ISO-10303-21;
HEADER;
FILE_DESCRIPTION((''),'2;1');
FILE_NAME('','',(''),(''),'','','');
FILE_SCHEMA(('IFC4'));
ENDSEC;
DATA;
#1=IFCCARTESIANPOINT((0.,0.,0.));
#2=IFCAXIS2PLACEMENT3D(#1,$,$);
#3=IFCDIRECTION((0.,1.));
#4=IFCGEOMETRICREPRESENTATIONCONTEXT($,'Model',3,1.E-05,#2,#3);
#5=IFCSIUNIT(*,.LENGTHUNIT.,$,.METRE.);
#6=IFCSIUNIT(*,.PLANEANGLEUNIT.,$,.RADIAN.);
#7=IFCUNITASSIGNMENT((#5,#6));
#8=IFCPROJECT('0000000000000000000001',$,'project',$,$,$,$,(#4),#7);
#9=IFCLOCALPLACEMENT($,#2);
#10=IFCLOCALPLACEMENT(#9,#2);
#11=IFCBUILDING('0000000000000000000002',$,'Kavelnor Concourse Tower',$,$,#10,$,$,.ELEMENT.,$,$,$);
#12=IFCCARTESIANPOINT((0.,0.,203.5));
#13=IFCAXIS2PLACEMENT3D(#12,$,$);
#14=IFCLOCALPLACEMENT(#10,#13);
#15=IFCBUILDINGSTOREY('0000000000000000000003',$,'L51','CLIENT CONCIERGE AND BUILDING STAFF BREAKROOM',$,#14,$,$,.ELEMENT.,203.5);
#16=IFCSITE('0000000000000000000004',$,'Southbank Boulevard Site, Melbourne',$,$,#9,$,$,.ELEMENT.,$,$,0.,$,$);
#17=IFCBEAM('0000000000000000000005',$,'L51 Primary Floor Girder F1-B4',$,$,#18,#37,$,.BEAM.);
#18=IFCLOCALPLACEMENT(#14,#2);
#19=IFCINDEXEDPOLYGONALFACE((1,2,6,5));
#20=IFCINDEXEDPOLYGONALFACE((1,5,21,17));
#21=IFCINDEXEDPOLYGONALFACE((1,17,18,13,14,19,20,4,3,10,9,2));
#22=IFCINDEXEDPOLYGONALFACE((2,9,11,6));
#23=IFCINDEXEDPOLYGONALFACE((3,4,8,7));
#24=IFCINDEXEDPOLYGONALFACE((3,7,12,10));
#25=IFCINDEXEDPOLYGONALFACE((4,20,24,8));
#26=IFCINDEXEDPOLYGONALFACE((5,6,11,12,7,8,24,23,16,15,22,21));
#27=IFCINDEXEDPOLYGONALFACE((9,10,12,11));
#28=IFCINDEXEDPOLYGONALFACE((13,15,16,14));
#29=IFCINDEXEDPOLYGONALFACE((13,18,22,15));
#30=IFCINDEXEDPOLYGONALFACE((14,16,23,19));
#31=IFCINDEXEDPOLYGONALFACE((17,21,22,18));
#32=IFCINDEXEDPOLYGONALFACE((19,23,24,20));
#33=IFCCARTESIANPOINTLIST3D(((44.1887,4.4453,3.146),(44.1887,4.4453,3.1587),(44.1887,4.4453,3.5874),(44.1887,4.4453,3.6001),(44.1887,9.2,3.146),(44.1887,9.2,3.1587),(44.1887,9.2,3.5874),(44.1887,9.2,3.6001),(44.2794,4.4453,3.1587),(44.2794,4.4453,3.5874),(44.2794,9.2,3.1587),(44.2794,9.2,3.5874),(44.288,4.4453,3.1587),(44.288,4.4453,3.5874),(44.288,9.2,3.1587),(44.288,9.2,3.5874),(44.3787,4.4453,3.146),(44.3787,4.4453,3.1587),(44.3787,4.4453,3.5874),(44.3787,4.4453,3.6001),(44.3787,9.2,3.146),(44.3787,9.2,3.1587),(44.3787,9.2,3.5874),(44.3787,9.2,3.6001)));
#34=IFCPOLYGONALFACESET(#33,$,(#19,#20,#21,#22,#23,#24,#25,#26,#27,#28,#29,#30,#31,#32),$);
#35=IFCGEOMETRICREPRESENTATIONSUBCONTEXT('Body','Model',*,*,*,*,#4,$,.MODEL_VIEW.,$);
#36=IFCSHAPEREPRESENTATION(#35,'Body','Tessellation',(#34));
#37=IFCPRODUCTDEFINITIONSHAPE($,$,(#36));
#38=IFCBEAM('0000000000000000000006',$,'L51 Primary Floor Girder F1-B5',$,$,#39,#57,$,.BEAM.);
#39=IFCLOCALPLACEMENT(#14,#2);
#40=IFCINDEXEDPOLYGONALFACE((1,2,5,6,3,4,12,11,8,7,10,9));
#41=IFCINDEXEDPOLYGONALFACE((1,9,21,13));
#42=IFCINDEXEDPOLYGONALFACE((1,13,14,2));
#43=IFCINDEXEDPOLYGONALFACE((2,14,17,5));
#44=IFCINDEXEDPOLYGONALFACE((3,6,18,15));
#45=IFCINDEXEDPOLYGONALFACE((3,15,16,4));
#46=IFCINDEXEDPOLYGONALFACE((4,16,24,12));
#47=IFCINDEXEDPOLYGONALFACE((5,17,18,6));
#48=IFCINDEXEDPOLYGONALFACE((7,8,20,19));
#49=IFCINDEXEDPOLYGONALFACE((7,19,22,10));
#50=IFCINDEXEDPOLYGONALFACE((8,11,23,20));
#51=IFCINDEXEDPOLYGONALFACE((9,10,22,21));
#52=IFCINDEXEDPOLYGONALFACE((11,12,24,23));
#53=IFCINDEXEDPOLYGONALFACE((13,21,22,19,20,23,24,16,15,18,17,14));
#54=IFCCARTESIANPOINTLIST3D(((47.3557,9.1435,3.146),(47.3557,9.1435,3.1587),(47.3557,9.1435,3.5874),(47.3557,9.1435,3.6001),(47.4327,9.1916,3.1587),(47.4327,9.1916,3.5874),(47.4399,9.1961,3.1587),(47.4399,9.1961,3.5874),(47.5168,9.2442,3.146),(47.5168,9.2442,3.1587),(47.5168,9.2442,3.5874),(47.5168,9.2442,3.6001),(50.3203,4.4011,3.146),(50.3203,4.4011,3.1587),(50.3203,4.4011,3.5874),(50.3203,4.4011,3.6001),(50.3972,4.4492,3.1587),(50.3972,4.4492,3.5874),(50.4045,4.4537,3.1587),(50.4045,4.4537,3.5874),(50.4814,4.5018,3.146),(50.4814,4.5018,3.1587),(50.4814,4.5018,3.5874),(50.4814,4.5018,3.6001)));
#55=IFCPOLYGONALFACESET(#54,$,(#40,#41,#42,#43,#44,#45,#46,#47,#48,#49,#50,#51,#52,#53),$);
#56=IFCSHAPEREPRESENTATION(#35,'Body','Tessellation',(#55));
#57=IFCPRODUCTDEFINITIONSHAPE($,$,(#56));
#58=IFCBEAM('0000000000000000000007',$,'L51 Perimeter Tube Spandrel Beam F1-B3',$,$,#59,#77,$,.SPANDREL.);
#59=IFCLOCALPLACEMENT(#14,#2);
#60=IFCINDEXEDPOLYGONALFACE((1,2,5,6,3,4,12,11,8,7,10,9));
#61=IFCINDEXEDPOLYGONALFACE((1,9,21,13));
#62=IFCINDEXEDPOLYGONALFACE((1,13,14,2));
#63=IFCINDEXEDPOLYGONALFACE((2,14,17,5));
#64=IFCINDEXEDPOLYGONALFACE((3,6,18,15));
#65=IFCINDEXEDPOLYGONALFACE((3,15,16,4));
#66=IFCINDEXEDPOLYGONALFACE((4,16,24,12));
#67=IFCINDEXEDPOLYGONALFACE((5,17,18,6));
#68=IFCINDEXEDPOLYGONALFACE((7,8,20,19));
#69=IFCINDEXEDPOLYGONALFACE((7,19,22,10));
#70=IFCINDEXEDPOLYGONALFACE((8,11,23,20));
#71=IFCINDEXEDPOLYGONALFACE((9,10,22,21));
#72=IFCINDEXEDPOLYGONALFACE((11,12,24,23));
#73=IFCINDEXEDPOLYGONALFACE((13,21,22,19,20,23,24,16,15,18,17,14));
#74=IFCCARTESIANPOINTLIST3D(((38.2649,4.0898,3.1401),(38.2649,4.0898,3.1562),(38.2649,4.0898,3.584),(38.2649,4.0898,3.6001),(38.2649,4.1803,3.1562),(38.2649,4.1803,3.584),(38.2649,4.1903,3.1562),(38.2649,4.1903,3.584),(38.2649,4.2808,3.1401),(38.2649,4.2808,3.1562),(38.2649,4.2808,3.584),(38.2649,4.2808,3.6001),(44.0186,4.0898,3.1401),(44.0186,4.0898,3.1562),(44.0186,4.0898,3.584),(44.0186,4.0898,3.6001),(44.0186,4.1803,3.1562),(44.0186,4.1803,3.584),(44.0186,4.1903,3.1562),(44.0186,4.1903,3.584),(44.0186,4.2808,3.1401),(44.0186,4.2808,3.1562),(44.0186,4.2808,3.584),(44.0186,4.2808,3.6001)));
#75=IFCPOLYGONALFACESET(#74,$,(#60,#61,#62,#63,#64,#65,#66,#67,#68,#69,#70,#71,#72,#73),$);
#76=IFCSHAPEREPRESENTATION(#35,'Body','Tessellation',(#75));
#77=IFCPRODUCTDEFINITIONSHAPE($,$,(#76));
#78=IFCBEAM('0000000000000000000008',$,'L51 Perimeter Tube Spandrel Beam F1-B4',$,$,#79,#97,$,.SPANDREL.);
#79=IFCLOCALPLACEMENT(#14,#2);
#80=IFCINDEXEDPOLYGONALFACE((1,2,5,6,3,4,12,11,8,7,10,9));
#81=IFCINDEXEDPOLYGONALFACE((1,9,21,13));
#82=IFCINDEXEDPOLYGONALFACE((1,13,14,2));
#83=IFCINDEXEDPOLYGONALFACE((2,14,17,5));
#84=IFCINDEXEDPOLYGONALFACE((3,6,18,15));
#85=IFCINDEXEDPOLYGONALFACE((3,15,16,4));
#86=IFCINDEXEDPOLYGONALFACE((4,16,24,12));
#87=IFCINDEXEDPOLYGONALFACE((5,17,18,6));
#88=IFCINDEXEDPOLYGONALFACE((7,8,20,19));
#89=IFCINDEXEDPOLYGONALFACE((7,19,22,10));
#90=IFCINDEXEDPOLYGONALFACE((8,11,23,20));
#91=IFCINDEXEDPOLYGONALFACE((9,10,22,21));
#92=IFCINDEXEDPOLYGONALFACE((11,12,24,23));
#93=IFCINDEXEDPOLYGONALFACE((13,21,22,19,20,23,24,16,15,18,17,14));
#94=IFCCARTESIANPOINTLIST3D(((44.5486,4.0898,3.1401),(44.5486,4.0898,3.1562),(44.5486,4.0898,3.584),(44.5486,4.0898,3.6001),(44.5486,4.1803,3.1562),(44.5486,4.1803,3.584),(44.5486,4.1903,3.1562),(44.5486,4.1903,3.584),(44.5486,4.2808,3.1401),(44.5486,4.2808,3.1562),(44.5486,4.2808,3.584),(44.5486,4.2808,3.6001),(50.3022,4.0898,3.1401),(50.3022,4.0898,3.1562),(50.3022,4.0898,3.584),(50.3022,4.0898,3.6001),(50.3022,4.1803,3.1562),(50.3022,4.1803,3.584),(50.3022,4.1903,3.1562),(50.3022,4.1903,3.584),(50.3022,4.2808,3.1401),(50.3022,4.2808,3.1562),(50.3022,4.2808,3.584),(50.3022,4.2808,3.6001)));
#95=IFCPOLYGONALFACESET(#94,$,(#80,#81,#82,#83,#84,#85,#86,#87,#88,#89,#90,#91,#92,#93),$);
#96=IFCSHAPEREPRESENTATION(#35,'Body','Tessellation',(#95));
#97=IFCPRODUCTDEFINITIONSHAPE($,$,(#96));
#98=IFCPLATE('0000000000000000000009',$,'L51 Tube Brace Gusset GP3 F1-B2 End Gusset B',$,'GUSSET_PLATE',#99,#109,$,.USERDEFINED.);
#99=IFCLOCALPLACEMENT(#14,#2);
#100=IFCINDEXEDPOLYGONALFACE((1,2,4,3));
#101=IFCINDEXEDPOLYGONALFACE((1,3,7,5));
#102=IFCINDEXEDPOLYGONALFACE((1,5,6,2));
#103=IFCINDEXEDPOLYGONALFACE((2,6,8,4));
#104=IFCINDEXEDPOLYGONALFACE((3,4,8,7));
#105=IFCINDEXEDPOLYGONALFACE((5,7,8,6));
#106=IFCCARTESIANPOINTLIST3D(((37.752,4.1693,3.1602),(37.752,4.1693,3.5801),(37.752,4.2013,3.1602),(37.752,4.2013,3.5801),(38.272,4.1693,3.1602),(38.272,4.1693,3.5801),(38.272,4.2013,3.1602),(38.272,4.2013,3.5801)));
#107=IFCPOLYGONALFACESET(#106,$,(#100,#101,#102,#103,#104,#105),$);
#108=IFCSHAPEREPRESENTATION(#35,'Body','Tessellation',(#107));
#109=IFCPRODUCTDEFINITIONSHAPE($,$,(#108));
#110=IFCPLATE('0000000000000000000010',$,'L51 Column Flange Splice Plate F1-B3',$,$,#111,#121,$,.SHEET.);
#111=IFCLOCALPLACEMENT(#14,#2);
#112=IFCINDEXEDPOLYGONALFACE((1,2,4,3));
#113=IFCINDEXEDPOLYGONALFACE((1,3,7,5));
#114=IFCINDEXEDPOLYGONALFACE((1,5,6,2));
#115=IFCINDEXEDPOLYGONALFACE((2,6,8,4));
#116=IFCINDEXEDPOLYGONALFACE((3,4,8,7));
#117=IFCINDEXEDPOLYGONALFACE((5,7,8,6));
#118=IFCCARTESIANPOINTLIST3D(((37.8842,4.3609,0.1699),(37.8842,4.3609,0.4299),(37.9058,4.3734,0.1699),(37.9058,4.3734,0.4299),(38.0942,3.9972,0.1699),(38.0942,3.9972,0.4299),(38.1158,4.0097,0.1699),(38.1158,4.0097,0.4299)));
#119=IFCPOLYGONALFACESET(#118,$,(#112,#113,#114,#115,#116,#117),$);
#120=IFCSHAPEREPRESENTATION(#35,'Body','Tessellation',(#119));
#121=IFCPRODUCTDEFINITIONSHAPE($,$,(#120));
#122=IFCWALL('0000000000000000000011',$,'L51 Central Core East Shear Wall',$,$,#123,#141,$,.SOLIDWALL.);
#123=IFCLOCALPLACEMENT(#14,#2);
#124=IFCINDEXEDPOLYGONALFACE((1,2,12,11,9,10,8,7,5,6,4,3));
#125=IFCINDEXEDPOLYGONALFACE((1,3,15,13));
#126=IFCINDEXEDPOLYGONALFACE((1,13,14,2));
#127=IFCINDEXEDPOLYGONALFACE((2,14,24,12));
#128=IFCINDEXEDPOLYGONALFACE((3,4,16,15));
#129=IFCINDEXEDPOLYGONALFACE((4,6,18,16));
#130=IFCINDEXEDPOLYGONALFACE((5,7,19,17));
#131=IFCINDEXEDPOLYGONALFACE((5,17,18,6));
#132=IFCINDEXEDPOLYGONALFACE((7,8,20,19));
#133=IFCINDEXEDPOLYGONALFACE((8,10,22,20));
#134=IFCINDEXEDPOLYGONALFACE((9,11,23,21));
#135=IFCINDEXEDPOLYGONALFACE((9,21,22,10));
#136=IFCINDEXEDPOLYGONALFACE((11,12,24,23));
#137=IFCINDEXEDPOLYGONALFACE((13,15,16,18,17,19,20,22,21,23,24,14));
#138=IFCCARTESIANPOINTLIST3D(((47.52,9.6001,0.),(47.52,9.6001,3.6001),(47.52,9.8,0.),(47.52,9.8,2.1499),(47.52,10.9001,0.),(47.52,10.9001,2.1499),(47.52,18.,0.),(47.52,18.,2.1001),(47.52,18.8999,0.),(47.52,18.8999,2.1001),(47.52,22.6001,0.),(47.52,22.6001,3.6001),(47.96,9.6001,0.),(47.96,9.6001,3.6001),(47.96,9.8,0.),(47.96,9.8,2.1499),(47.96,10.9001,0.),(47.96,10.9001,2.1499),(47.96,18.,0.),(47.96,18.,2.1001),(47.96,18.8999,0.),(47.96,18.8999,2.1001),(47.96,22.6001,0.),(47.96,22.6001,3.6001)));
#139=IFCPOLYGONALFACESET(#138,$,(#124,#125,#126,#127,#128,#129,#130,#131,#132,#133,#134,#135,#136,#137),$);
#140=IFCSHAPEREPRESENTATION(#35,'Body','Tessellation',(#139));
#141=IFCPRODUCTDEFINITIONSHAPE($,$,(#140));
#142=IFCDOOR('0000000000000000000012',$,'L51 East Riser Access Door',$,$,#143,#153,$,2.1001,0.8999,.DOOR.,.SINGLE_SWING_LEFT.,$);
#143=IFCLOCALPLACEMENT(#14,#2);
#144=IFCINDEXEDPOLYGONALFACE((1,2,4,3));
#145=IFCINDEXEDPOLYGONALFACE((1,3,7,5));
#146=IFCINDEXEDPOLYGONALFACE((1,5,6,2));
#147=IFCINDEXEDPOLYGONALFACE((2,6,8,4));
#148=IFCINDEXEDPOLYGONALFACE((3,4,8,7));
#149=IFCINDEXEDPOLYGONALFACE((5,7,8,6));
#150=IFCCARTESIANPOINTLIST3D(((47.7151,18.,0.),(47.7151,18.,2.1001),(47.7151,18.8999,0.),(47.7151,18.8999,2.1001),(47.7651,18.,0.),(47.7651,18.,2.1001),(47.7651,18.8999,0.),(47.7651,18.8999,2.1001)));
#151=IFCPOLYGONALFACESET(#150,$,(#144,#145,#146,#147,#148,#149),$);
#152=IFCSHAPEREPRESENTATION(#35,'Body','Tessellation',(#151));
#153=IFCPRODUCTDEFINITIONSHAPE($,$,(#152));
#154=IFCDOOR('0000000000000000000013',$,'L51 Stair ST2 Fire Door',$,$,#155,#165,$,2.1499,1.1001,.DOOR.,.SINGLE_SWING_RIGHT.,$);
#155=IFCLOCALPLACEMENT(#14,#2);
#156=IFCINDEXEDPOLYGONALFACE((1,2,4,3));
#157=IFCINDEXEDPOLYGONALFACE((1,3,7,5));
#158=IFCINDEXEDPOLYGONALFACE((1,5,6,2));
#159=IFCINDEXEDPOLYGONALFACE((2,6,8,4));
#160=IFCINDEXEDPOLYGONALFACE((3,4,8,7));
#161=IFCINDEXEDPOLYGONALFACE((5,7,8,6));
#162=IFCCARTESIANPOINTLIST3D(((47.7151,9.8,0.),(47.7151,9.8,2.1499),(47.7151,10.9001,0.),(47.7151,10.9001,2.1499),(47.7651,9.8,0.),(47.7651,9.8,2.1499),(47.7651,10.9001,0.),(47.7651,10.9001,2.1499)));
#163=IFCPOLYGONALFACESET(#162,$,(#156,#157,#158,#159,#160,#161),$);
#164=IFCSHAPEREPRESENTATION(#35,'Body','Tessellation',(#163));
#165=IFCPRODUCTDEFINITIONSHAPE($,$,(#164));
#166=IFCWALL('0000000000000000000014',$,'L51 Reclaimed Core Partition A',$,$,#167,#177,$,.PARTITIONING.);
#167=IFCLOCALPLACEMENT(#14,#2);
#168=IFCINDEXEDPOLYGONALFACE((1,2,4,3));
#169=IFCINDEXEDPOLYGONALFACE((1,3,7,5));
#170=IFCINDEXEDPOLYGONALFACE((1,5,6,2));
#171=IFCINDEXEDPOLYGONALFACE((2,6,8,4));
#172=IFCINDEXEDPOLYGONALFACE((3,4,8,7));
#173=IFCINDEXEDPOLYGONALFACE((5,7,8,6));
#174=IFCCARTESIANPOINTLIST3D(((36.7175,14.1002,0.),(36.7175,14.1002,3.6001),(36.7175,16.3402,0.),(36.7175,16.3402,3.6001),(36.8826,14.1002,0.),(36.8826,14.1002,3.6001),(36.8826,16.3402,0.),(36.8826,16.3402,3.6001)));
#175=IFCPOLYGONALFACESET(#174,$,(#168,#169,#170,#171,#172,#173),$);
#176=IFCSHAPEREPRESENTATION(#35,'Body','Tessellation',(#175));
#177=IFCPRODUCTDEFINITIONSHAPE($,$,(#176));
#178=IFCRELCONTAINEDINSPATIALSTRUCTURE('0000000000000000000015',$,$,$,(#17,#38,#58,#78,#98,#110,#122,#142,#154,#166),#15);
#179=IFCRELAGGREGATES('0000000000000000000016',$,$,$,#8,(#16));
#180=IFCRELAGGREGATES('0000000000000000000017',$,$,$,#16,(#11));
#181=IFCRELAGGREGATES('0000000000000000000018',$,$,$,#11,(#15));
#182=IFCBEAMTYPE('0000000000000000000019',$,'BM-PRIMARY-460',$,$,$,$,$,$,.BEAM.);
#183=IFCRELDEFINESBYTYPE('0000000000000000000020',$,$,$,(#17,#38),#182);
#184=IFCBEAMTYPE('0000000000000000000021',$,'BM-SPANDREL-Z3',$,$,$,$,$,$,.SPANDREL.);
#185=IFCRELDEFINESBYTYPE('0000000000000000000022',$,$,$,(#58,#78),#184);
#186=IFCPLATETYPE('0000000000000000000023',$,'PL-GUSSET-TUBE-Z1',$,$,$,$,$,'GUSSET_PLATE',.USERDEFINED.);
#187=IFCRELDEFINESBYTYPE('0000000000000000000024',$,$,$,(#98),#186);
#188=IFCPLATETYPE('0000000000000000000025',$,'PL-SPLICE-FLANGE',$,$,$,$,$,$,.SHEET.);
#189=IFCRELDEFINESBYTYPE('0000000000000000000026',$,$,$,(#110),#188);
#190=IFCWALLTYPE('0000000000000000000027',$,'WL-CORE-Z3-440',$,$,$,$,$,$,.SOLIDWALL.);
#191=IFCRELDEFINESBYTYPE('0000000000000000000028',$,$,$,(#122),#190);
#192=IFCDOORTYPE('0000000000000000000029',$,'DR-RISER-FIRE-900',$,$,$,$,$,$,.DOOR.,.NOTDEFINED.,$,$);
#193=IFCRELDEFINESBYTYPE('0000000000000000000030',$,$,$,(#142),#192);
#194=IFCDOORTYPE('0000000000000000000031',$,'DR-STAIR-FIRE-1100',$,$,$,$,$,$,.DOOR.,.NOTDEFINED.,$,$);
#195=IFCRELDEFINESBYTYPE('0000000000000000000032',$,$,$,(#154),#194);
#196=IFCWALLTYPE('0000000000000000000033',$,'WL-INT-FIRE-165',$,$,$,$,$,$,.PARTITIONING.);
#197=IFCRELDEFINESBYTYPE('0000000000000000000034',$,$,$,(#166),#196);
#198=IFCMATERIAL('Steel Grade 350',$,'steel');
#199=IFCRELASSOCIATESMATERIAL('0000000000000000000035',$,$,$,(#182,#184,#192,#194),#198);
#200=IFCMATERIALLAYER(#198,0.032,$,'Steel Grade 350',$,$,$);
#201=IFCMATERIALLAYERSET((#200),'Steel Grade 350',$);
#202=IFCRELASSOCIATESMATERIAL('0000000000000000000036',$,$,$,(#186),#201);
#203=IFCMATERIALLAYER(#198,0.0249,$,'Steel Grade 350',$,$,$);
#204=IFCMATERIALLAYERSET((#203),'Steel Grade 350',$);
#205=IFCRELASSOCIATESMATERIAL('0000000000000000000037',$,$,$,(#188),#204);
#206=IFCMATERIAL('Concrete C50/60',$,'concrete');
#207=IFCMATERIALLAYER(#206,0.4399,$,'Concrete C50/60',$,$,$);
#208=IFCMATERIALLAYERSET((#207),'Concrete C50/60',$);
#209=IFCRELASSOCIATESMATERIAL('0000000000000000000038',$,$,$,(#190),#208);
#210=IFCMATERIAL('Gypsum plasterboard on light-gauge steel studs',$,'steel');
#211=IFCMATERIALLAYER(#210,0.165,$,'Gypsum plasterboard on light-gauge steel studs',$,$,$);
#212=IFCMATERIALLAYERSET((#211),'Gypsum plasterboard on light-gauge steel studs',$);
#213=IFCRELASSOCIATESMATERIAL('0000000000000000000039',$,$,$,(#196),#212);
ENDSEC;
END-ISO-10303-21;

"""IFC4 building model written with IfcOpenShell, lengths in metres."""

from ifc_helpers import new_model, si_unit, direction, frame, frame_2d, origin, origin_2d, place, context, subcontext, project, spatial, rectangle, i_section, extrude, material, layer, layer_set, material_profile, profile_set, type_object, element, fill, save


model = new_model("IFC4")

# Units and contexts
model_context = context("Model", 3, precision=1e-05, world=origin(), true_north=direction((0.0, 1.0)))
body_context = subcontext(model_context, "Body", "Model", "MODEL_VIEW")
ifc_project = project(units=[si_unit("LENGTHUNIT", "METRE"), si_unit("PLANEANGLEUNIT", "RADIAN")], contexts=[model_context])

# Site, building, storey
site_placement = place(None, origin())
site = spatial("IfcSite", under=ifc_project, at=site_placement, Name="Southbank Boulevard Site, Melbourne", CompositionType="ELEMENT", RefElevation=0.0)
building_placement = place(site_placement, origin())
building = spatial("IfcBuilding", under=site, at=building_placement, Name="Kavelnor Concourse Tower", CompositionType="ELEMENT")
storey_placement = place(building_placement, frame((0.0, 0.0, 203.5)))
storey = spatial("IfcBuildingStorey", under=building, at=storey_placement, Name="L51", Description="CLIENT CONCIERGE AND BUILDING STAFF BREAKROOM", CompositionType="ELEMENT", Elevation=203.5)

# Shared definitions
ifc_material_1 = material(Name="Steel Grade 350", Category="steel")

# Beams
ifc_material_profile_1 = material_profile(ifc_material_1, i_section(OverallWidth=0.1899, OverallDepth=0.4541, WebThickness=0.0085, FlangeThickness=0.0127, at=origin_2d()), Name="460UB67")
ifc_profile_set_1 = profile_set([ifc_material_profile_1], Name="Steel Grade 350")
beam_type_1 = type_object("IfcBeamType", Name="BM-PRIMARY-460", PredefinedType="BEAM", material=ifc_profile_set_1)
for number, where, z_axis, x_axis, name in (
    (1, (44.2837, 9.2, 3.373), (0.0, -1.0, 0.0), (1.0, 0.0, 0.0), "L51 Primary Floor Girder F1-B4"),
):
    element("IfcBeam", number, at=place(storey_placement, frame(where, z_axis=z_axis, x_axis=x_axis)), inside=storey, type_object=beam_type_1, Name=name, PredefinedType="BEAM", context=body_context, shape_type="SweptSolid", body=[
        extrude(i_section(OverallWidth=0.1899, OverallDepth=0.4541, WebThickness=0.0085, FlangeThickness=0.0127, at=origin_2d()), origin(), (0.0, 0.0, 1.0), 4.7546),
    ])
beam_1_placement = place(storey_placement, frame((47.4363, 9.1938, 3.373), z_axis=(0.530073, -0.847952, 0.0), x_axis=(0.847952, 0.530073, 0.0)))
element("IfcBeam", 2, at=beam_1_placement, inside=storey, type_object=beam_type_1, Name="L51 Primary Floor Girder F1-B5", PredefinedType="BEAM", context=body_context, shape_type="SweptSolid", body=[
    extrude(i_section(OverallWidth=0.1899, OverallDepth=0.4541, WebThickness=0.0085, FlangeThickness=0.0127, at=origin_2d()), origin(), (0.0, 0.0, 1.0), 5.5928),
])
ifc_material_profile_2 = material_profile(ifc_material_1, i_section(OverallWidth=0.1909, OverallDepth=0.46, WebThickness=0.01, FlangeThickness=0.0161, at=origin_2d()), Name="460UB82")
ifc_profile_set_2 = profile_set([ifc_material_profile_2], Name="Steel Grade 350")
beam_type_2 = type_object("IfcBeamType", Name="BM-SPANDREL-Z3", PredefinedType="SPANDREL", material=ifc_profile_set_2)
for number, where, z_axis, x_axis, name in (
    (3, (38.2649, 4.1853, 3.3701), (1.0, 0.0, 0.0), (0.0, 1.0, 0.0), "L51 Perimeter Tube Spandrel Beam F1-B3"),
    (4, (44.5486, 4.1853, 3.3701), (1.0, 0.0, 0.0), (0.0, 1.0, 0.0), "L51 Perimeter Tube Spandrel Beam F1-B4"),
):
    element("IfcBeam", number, at=place(storey_placement, frame(where, z_axis=z_axis, x_axis=x_axis)), inside=storey, type_object=beam_type_2, Name=name, PredefinedType="SPANDREL", context=body_context, shape_type="SweptSolid", body=[
        extrude(i_section(OverallWidth=0.1909, OverallDepth=0.46, WebThickness=0.01, FlangeThickness=0.0161, at=origin_2d()), origin(), (0.0, 0.0, 1.0), 5.7537),
    ])

# Plates
ifc_layer_1 = layer(ifc_material_1, 0.032, Name="Steel Grade 350")
ifc_layer_set_1 = layer_set([ifc_layer_1], Name="Steel Grade 350")
plate_type_1 = type_object("IfcPlateType", Name="PL-GUSSET-TUBE-Z1", ElementType="GUSSET_PLATE", PredefinedType="USERDEFINED", material=ifc_layer_set_1)
plate_1_placement = place(storey_placement, frame((38.012, 4.1853, 3.1602), z_axis=(0.0, 0.0, 1.0), x_axis=(1.0, 0.0, 0.0)))
element("IfcPlate", 5, at=plate_1_placement, inside=storey, type_object=plate_type_1, Name="L51 Tube Brace Gusset GP3 F1-B2 End Gusset B", ObjectType="GUSSET_PLATE", PredefinedType="USERDEFINED", context=body_context, shape_type="SweptSolid", body=[
    extrude(rectangle(XDim=0.52, YDim=0.032, at=origin_2d()), origin(), (0.0, 0.0, 1.0), 0.4199),
])
ifc_layer_2 = layer(ifc_material_1, 0.0249, Name="Steel Grade 350")
ifc_layer_set_2 = layer_set([ifc_layer_2], Name="Steel Grade 350")
plate_type_2 = type_object("IfcPlateType", Name="PL-SPLICE-FLANGE", PredefinedType="SHEET", material=ifc_layer_set_2)
plate_2_placement = place(storey_placement, frame((38.0, 4.1853, 0.1699), z_axis=(0.0, 0.0, 1.0), x_axis=(-0.5, 0.866025, 0.0)))
element("IfcPlate", 6, at=plate_2_placement, inside=storey, type_object=plate_type_2, Name="L51 Column Flange Splice Plate F1-B3", PredefinedType="SHEET", context=body_context, shape_type="SweptSolid", body=[
    extrude(rectangle(XDim=0.4199, YDim=0.0249, at=origin_2d()), origin(), (0.0, 0.0, 1.0), 0.26),
])

# Wall, openings, doors
ifc_material_2 = material(Name="Concrete C50/60", Category="concrete")
ifc_layer_3 = layer(ifc_material_2, 0.4399, Name="Concrete C50/60")
ifc_layer_set_3 = layer_set([ifc_layer_3], Name="Concrete C50/60")
wall_type_1 = type_object("IfcWallType", Name="WL-CORE-Z3-440", PredefinedType="SOLIDWALL", material=ifc_layer_set_3)
wall_1_placement = place(storey_placement, frame((47.74, 9.6001, 0.0), z_axis=(0.0, 0.0, 1.0), x_axis=(0.0, 1.0, 0.0)))
wall_1 = element("IfcWall", 7, at=wall_1_placement, inside=storey, type_object=wall_type_1, Name="L51 Central Core East Shear Wall", PredefinedType="SOLIDWALL", context=body_context, shape_type="SweptSolid", body=[
    extrude(rectangle(XDim=13.0, YDim=0.4399, at=frame_2d((6.5, 0.0))), origin(), (0.0, 0.0, 1.0), 3.6001),
])
opening_1_placement = place(wall_1_placement, frame((0.2, 0.0, 0.0)))
opening_1 = element("IfcOpeningElement", 8, at=opening_1_placement, cuts=wall_1, PredefinedType="OPENING", context=body_context, shape_type="SweptSolid", body=[
    extrude(rectangle(XDim=1.1001, YDim=2.1499, at=frame_2d((0.55, 1.075))), frame((0.0, 0.23, 0.0), z_axis=(0.0, -1.0, 0.0), x_axis=(1.0, 0.0, 0.0)), (0.0, 0.0, 1.0), 0.46),
])
opening_2_placement = place(wall_1_placement, frame((8.3999, 0.0, 0.0)))
opening_2 = element("IfcOpeningElement", 9, at=opening_2_placement, cuts=wall_1, PredefinedType="OPENING", context=body_context, shape_type="SweptSolid", body=[
    extrude(rectangle(XDim=0.8999, YDim=2.1001, at=frame_2d((0.45, 1.05))), frame((0.0, 0.23, 0.0), z_axis=(0.0, -1.0, 0.0), x_axis=(1.0, 0.0, 0.0)), (0.0, 0.0, 1.0), 0.46),
])
door_type_1 = type_object("IfcDoorType", Name="DR-RISER-FIRE-900", OperationType="NOTDEFINED", PredefinedType="DOOR", material=ifc_material_1)
door_1_placement = place(opening_2_placement, origin())
door_1 = element("IfcDoor", 10, at=door_1_placement, inside=storey, type_object=door_type_1, Name="L51 East Riser Access Door", OperationType="SINGLE_SWING_LEFT", OverallHeight=2.1001, OverallWidth=0.8999, PredefinedType="DOOR", context=body_context, shape_type="SweptSolid", body=[
    extrude(rectangle(XDim=0.8999, YDim=2.1001, at=frame_2d((0.45, 1.05))), frame((0.0, 0.0249, 0.0), z_axis=(0.0, -1.0, 0.0), x_axis=(1.0, 0.0, 0.0)), (0.0, 0.0, 1.0), 0.05),
])
fill(opening_2, door_1)
door_type_2 = type_object("IfcDoorType", Name="DR-STAIR-FIRE-1100", OperationType="NOTDEFINED", PredefinedType="DOOR", material=ifc_material_1)
door_2_placement = place(opening_1_placement, origin())
door_2 = element("IfcDoor", 11, at=door_2_placement, inside=storey, type_object=door_type_2, Name="L51 Stair ST2 Fire Door", OperationType="SINGLE_SWING_RIGHT", OverallHeight=2.1499, OverallWidth=1.1001, PredefinedType="DOOR", context=body_context, shape_type="SweptSolid", body=[
    extrude(rectangle(XDim=1.1001, YDim=2.1499, at=frame_2d((0.55, 1.075))), frame((0.0, 0.0249, 0.0), z_axis=(0.0, -1.0, 0.0), x_axis=(1.0, 0.0, 0.0)), (0.0, 0.0, 1.0), 0.05),
])
fill(opening_1, door_2)

# Wall
ifc_material_3 = material(Name="Gypsum plasterboard on light-gauge steel studs", Category="steel")
ifc_layer_4 = layer(ifc_material_3, 0.165, Name="Gypsum plasterboard on light-gauge steel studs")
ifc_layer_set_4 = layer_set([ifc_layer_4], Name="Gypsum plasterboard on light-gauge steel studs")
wall_type_2 = type_object("IfcWallType", Name="WL-INT-FIRE-165", PredefinedType="PARTITIONING", material=ifc_layer_set_4)
wall_2_placement = place(storey_placement, frame((36.8, 14.1001, 0.0), z_axis=(0.0, 0.0, 1.0), x_axis=(0.0, 1.0, 0.0)))
element("IfcWall", 12, at=wall_2_placement, inside=storey, type_object=wall_type_2, Name="L51 Reclaimed Core Partition A", PredefinedType="PARTITIONING", context=body_context, shape_type="SweptSolid", body=[
    extrude(rectangle(XDim=2.24, YDim=0.165, at=frame_2d((1.1201, 0.0))), origin(), (0.0, 0.0, 1.0), 3.6001),
])

save(model, "model.ifc")
